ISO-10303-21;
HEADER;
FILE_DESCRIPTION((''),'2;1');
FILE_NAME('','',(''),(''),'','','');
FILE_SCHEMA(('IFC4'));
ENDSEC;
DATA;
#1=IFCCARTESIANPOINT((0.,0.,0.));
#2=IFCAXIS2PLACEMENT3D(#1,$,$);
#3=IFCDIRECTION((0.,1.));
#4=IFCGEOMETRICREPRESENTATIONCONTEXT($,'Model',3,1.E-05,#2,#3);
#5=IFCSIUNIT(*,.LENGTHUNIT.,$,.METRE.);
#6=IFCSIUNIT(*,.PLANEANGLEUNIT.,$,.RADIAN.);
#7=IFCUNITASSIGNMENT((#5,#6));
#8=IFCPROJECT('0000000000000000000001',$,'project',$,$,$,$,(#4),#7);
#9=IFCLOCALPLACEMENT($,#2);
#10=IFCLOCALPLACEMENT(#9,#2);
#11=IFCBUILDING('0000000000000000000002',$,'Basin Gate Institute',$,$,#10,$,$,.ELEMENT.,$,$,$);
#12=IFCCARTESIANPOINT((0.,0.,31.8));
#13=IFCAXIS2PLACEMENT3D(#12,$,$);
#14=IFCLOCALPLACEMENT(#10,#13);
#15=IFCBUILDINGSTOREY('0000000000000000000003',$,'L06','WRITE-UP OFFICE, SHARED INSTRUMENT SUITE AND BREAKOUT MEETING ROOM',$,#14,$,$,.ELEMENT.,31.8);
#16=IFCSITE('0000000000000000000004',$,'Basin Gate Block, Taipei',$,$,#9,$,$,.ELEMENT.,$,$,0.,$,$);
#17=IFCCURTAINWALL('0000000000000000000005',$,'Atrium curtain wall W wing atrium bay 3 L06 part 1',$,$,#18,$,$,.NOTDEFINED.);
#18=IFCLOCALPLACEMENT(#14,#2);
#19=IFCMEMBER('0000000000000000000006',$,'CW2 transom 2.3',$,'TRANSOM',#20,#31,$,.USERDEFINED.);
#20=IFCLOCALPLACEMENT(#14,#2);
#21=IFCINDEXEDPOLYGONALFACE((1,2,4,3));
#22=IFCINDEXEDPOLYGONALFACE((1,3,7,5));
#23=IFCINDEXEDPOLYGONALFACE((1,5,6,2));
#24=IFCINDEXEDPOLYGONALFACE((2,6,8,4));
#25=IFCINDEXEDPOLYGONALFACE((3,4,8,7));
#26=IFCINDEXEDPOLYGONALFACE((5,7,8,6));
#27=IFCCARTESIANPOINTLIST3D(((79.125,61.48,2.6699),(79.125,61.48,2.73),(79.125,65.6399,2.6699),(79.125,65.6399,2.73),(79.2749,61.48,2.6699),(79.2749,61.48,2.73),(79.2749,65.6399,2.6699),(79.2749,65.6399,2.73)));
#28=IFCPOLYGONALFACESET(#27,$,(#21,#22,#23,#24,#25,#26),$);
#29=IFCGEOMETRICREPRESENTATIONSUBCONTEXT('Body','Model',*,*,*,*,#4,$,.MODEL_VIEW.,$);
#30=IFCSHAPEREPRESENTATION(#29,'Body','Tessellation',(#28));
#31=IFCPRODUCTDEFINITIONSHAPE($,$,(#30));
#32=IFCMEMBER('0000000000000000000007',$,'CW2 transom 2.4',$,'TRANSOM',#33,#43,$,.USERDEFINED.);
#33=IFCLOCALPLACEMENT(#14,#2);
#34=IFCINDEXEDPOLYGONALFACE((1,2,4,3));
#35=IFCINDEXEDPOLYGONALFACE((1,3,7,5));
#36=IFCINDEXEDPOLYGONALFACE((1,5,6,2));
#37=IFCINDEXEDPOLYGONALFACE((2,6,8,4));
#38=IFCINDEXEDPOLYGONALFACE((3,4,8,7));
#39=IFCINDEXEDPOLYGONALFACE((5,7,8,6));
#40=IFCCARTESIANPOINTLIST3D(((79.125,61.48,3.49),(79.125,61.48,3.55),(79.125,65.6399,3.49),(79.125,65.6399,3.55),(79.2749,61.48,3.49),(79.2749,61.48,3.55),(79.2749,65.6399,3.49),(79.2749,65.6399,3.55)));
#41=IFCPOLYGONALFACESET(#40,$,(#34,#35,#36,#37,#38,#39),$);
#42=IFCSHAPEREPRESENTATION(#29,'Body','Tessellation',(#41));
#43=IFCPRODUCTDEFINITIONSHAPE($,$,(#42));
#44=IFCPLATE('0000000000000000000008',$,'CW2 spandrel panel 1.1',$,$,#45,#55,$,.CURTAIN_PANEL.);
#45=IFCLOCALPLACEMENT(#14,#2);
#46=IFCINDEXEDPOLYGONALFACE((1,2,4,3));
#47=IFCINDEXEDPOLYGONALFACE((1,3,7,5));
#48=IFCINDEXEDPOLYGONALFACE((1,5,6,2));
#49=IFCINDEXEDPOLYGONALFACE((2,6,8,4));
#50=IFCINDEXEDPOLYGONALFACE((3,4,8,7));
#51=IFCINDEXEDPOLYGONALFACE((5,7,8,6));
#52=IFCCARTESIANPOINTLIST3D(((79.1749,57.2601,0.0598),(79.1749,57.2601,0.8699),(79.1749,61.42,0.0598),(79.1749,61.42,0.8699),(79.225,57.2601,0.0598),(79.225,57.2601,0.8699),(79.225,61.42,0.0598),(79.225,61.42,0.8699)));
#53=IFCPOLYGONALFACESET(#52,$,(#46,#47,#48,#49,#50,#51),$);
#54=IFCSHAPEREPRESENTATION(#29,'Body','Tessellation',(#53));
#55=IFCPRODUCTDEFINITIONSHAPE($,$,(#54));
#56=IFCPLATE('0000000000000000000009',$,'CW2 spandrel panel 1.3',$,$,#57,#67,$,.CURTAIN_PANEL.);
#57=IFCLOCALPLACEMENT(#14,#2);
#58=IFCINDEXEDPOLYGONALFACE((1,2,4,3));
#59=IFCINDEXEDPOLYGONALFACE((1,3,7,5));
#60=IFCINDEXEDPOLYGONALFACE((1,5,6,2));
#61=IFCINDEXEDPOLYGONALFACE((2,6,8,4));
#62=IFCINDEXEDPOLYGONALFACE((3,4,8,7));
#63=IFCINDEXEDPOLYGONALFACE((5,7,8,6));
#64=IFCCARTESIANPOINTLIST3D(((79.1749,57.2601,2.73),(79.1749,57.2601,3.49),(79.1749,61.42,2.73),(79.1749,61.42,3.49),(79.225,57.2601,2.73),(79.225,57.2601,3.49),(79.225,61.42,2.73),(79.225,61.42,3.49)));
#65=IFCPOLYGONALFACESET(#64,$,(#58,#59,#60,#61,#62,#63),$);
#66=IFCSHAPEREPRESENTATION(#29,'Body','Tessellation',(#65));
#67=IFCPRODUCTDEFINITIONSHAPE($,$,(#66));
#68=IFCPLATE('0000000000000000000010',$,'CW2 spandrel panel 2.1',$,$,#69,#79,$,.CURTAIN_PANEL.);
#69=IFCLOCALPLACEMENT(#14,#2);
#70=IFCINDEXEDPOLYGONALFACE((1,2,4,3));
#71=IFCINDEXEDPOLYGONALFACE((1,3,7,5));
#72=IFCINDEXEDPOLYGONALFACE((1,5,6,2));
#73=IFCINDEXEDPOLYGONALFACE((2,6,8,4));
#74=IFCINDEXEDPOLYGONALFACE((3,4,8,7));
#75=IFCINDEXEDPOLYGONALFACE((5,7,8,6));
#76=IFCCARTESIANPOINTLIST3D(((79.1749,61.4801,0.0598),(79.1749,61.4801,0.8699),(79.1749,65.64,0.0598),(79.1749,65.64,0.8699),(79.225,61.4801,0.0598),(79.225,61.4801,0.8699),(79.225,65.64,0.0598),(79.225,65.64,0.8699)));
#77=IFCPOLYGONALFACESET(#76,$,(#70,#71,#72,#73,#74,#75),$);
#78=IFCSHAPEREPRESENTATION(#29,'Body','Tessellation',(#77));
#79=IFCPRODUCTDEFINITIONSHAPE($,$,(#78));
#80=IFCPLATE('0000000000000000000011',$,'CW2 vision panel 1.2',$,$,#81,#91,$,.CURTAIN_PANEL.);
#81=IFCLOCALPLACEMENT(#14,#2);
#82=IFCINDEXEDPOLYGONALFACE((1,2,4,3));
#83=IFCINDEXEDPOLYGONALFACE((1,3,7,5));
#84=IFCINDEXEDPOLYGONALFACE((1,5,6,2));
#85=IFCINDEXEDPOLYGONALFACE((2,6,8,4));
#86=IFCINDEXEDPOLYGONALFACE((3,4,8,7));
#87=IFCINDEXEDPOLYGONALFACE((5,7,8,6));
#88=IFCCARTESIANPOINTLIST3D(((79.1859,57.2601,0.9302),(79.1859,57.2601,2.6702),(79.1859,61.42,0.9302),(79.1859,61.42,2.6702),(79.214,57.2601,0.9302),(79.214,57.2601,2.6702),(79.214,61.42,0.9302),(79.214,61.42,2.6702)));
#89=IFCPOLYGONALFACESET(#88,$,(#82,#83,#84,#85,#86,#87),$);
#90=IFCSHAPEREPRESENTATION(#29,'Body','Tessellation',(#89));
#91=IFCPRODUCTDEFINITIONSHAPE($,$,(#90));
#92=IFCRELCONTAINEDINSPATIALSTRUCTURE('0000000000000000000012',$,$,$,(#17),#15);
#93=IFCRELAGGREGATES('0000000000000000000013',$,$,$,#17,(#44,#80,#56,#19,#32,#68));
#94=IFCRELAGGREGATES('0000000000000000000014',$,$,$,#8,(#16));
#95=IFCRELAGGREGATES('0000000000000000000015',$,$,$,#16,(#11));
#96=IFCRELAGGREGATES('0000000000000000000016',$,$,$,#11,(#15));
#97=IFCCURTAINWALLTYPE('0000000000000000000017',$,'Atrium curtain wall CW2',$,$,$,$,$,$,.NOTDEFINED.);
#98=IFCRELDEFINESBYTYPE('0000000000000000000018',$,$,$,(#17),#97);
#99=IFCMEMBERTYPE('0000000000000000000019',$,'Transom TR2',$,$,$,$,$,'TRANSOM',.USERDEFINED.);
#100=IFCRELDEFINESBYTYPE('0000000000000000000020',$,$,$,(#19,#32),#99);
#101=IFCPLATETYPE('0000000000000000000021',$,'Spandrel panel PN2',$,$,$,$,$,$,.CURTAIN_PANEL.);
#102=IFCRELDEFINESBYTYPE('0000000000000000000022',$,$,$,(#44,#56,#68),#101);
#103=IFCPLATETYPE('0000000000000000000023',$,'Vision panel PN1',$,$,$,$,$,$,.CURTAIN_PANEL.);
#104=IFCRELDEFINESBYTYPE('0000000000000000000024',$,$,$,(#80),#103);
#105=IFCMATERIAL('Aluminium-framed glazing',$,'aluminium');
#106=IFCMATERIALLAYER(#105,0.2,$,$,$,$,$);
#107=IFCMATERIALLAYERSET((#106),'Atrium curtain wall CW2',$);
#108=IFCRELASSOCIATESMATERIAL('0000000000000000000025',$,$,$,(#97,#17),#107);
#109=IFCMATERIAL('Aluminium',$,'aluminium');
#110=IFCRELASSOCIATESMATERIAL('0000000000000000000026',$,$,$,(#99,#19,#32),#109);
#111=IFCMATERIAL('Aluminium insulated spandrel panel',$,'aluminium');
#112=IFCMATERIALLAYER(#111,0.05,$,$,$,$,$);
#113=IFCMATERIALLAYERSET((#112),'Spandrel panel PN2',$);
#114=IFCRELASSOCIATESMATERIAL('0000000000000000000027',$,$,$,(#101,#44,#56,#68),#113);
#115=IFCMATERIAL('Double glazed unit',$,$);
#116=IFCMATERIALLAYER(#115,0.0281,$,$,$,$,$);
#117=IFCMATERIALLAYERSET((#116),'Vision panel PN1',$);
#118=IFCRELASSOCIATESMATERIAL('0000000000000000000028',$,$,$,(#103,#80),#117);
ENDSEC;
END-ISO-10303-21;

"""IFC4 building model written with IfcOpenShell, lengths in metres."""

from ifc_helpers import new_model, si_unit, direction, frame, origin, origin_2d, place, context, subcontext, project, spatial, rectangle, extrude, material, layer, layer_set, material_profile, profile_set, type_object, element, aggregate, save


model = new_model("IFC4")

# Units and contexts
model_context = context("Model", 3, precision=1e-05, world=origin(), true_north=direction((0.0, 1.0)))
body_context = subcontext(model_context, "Body", "Model", "MODEL_VIEW")
ifc_project = project(units=[si_unit("LENGTHUNIT", "METRE"), si_unit("PLANEANGLEUNIT", "RADIAN")], contexts=[model_context])

# Site, building, storey
site_placement = place(None, origin())
site = spatial("IfcSite", under=ifc_project, at=site_placement, Name="Basin Gate Block, Taipei", CompositionType="ELEMENT", RefElevation=0.0)
building_placement = place(site_placement, origin())
building = spatial("IfcBuilding", under=site, at=building_placement, Name="Basin Gate Institute", CompositionType="ELEMENT")
storey_placement = place(building_placement, frame((0.0, 0.0, 31.8)))
storey = spatial("IfcBuildingStorey", under=building, at=storey_placement, Name="L06", Description="WRITE-UP OFFICE, SHARED INSTRUMENT SUITE AND BREAKOUT MEETING ROOM", CompositionType="ELEMENT", Elevation=31.8)

# Curtain wall
ifc_material_1 = material(Name="Aluminium-framed glazing", Category="aluminium")
ifc_layer_1 = layer(ifc_material_1, 0.2)
ifc_layer_set_1 = layer_set([ifc_layer_1], Name="Atrium curtain wall CW2")
curtain_wall_type = type_object("IfcCurtainWallType", Name="Atrium curtain wall CW2", PredefinedType="NOTDEFINED", material=ifc_layer_set_1)
curtain_wall_placement = place(storey_placement, origin())
curtain_wall = element("IfcCurtainWall", 1, at=curtain_wall_placement, inside=storey, type_object=curtain_wall_type, material=ifc_layer_set_1, Name="Atrium curtain wall W wing atrium bay 3 L06 part 1", PredefinedType="NOTDEFINED")

# Members
ifc_material_2 = material(Name="Aluminium", Category="aluminium")
ifc_material_profile_1 = material_profile(ifc_material_2, rectangle(XDim=0.1499, YDim=0.0601, at=origin_2d()), Name="Transom TR2 150 x 60")
ifc_profile_set_1 = profile_set([ifc_material_profile_1], Name="Aluminium")
member_type_1 = type_object("IfcMemberType", Name="Transom TR2", ElementType="TRANSOM", PredefinedType="USERDEFINED", material=ifc_profile_set_1)
member_1_placement = place(storey_placement, frame((79.2, 61.48, 2.7), z_axis=(0.0, 1.0, 0.0), x_axis=(-1.0, 0.0, 0.0)))
member_1 = element("IfcMember", 2, at=member_1_placement, type_object=member_type_1, material=ifc_profile_set_1, Name="CW2 transom 2.3", ObjectType="TRANSOM", PredefinedType="USERDEFINED", context=body_context, shape_type="SweptSolid", body=[
    extrude(rectangle(XDim=0.1499, YDim=0.0601, at=origin_2d()), origin(), (0.0, 0.0, 1.0), 4.1599),
])
member_2_placement = place(storey_placement, frame((79.2, 61.48, 3.52), z_axis=(0.0, 1.0, 0.0), x_axis=(-1.0, 0.0, 0.0)))
member_2 = element("IfcMember", 3, at=member_2_placement, type_object=member_type_1, material=ifc_profile_set_1, Name="CW2 transom 2.4", ObjectType="TRANSOM", PredefinedType="USERDEFINED", context=body_context, shape_type="SweptSolid", body=[
    extrude(rectangle(XDim=0.1499, YDim=0.0601, at=origin_2d()), origin(), (0.0, 0.0, 1.0), 4.1599),
])

# Plates
ifc_material_3 = material(Name="Aluminium insulated spandrel panel", Category="aluminium")
ifc_layer_2 = layer(ifc_material_3, 0.05)
ifc_layer_set_2 = layer_set([ifc_layer_2], Name="Spandrel panel PN2")
plate_type_1 = type_object("IfcPlateType", Name="Spandrel panel PN2", PredefinedType="CURTAIN_PANEL", material=ifc_layer_set_2)
plate_1_placement = place(storey_placement, frame((79.2, 59.3401, 0.0598), z_axis=(0.0, 0.0, 1.0), x_axis=(0.0, 1.0, 0.0)))
plate_1 = element("IfcPlate", 4, at=plate_1_placement, type_object=plate_type_1, material=ifc_layer_set_2, Name="CW2 spandrel panel 1.1", PredefinedType="CURTAIN_PANEL", context=body_context, shape_type="SweptSolid", body=[
    extrude(rectangle(XDim=4.1599, YDim=0.05, at=origin_2d()), origin(), (0.0, 0.0, 1.0), 0.8101),
])
plate_2_placement = place(storey_placement, frame((79.2, 59.3401, 2.73), z_axis=(0.0, 0.0, 1.0), x_axis=(0.0, 1.0, 0.0)))
plate_2 = element("IfcPlate", 5, at=plate_2_placement, type_object=plate_type_1, material=ifc_layer_set_2, Name="CW2 spandrel panel 1.3", PredefinedType="CURTAIN_PANEL", context=body_context, shape_type="SweptSolid", body=[
    extrude(rectangle(XDim=4.1599, YDim=0.05, at=origin_2d()), origin(), (0.0, 0.0, 1.0), 0.76),
])
plate_3_placement = place(storey_placement, frame((79.2, 63.5601, 0.0598), z_axis=(0.0, 0.0, 1.0), x_axis=(0.0, 1.0, 0.0)))
plate_3 = element("IfcPlate", 6, at=plate_3_placement, type_object=plate_type_1, material=ifc_layer_set_2, Name="CW2 spandrel panel 2.1", PredefinedType="CURTAIN_PANEL", context=body_context, shape_type="SweptSolid", body=[
    extrude(rectangle(XDim=4.1599, YDim=0.05, at=origin_2d()), origin(), (0.0, 0.0, 1.0), 0.8101),
])
ifc_material_4 = material(Name="Double glazed unit")
ifc_layer_3 = layer(ifc_material_4, 0.0281)
ifc_layer_set_3 = layer_set([ifc_layer_3], Name="Vision panel PN1")
plate_type_2 = type_object("IfcPlateType", Name="Vision panel PN1", PredefinedType="CURTAIN_PANEL", material=ifc_layer_set_3)
plate_4_placement = place(storey_placement, frame((79.2, 59.3401, 0.9302), z_axis=(0.0, 0.0, 1.0), x_axis=(0.0, 1.0, 0.0)))
plate_4 = element("IfcPlate", 7, at=plate_4_placement, type_object=plate_type_2, material=ifc_layer_set_3, Name="CW2 vision panel 1.2", PredefinedType="CURTAIN_PANEL", context=body_context, shape_type="SweptSolid", body=[
    extrude(rectangle(XDim=4.1599, YDim=0.0281, at=origin_2d()), origin(), (0.0, 0.0, 1.0), 1.74),
])
aggregate(curtain_wall, [plate_1, plate_4, plate_2, member_1, member_2, plate_3])

save(model, "model.ifc")
